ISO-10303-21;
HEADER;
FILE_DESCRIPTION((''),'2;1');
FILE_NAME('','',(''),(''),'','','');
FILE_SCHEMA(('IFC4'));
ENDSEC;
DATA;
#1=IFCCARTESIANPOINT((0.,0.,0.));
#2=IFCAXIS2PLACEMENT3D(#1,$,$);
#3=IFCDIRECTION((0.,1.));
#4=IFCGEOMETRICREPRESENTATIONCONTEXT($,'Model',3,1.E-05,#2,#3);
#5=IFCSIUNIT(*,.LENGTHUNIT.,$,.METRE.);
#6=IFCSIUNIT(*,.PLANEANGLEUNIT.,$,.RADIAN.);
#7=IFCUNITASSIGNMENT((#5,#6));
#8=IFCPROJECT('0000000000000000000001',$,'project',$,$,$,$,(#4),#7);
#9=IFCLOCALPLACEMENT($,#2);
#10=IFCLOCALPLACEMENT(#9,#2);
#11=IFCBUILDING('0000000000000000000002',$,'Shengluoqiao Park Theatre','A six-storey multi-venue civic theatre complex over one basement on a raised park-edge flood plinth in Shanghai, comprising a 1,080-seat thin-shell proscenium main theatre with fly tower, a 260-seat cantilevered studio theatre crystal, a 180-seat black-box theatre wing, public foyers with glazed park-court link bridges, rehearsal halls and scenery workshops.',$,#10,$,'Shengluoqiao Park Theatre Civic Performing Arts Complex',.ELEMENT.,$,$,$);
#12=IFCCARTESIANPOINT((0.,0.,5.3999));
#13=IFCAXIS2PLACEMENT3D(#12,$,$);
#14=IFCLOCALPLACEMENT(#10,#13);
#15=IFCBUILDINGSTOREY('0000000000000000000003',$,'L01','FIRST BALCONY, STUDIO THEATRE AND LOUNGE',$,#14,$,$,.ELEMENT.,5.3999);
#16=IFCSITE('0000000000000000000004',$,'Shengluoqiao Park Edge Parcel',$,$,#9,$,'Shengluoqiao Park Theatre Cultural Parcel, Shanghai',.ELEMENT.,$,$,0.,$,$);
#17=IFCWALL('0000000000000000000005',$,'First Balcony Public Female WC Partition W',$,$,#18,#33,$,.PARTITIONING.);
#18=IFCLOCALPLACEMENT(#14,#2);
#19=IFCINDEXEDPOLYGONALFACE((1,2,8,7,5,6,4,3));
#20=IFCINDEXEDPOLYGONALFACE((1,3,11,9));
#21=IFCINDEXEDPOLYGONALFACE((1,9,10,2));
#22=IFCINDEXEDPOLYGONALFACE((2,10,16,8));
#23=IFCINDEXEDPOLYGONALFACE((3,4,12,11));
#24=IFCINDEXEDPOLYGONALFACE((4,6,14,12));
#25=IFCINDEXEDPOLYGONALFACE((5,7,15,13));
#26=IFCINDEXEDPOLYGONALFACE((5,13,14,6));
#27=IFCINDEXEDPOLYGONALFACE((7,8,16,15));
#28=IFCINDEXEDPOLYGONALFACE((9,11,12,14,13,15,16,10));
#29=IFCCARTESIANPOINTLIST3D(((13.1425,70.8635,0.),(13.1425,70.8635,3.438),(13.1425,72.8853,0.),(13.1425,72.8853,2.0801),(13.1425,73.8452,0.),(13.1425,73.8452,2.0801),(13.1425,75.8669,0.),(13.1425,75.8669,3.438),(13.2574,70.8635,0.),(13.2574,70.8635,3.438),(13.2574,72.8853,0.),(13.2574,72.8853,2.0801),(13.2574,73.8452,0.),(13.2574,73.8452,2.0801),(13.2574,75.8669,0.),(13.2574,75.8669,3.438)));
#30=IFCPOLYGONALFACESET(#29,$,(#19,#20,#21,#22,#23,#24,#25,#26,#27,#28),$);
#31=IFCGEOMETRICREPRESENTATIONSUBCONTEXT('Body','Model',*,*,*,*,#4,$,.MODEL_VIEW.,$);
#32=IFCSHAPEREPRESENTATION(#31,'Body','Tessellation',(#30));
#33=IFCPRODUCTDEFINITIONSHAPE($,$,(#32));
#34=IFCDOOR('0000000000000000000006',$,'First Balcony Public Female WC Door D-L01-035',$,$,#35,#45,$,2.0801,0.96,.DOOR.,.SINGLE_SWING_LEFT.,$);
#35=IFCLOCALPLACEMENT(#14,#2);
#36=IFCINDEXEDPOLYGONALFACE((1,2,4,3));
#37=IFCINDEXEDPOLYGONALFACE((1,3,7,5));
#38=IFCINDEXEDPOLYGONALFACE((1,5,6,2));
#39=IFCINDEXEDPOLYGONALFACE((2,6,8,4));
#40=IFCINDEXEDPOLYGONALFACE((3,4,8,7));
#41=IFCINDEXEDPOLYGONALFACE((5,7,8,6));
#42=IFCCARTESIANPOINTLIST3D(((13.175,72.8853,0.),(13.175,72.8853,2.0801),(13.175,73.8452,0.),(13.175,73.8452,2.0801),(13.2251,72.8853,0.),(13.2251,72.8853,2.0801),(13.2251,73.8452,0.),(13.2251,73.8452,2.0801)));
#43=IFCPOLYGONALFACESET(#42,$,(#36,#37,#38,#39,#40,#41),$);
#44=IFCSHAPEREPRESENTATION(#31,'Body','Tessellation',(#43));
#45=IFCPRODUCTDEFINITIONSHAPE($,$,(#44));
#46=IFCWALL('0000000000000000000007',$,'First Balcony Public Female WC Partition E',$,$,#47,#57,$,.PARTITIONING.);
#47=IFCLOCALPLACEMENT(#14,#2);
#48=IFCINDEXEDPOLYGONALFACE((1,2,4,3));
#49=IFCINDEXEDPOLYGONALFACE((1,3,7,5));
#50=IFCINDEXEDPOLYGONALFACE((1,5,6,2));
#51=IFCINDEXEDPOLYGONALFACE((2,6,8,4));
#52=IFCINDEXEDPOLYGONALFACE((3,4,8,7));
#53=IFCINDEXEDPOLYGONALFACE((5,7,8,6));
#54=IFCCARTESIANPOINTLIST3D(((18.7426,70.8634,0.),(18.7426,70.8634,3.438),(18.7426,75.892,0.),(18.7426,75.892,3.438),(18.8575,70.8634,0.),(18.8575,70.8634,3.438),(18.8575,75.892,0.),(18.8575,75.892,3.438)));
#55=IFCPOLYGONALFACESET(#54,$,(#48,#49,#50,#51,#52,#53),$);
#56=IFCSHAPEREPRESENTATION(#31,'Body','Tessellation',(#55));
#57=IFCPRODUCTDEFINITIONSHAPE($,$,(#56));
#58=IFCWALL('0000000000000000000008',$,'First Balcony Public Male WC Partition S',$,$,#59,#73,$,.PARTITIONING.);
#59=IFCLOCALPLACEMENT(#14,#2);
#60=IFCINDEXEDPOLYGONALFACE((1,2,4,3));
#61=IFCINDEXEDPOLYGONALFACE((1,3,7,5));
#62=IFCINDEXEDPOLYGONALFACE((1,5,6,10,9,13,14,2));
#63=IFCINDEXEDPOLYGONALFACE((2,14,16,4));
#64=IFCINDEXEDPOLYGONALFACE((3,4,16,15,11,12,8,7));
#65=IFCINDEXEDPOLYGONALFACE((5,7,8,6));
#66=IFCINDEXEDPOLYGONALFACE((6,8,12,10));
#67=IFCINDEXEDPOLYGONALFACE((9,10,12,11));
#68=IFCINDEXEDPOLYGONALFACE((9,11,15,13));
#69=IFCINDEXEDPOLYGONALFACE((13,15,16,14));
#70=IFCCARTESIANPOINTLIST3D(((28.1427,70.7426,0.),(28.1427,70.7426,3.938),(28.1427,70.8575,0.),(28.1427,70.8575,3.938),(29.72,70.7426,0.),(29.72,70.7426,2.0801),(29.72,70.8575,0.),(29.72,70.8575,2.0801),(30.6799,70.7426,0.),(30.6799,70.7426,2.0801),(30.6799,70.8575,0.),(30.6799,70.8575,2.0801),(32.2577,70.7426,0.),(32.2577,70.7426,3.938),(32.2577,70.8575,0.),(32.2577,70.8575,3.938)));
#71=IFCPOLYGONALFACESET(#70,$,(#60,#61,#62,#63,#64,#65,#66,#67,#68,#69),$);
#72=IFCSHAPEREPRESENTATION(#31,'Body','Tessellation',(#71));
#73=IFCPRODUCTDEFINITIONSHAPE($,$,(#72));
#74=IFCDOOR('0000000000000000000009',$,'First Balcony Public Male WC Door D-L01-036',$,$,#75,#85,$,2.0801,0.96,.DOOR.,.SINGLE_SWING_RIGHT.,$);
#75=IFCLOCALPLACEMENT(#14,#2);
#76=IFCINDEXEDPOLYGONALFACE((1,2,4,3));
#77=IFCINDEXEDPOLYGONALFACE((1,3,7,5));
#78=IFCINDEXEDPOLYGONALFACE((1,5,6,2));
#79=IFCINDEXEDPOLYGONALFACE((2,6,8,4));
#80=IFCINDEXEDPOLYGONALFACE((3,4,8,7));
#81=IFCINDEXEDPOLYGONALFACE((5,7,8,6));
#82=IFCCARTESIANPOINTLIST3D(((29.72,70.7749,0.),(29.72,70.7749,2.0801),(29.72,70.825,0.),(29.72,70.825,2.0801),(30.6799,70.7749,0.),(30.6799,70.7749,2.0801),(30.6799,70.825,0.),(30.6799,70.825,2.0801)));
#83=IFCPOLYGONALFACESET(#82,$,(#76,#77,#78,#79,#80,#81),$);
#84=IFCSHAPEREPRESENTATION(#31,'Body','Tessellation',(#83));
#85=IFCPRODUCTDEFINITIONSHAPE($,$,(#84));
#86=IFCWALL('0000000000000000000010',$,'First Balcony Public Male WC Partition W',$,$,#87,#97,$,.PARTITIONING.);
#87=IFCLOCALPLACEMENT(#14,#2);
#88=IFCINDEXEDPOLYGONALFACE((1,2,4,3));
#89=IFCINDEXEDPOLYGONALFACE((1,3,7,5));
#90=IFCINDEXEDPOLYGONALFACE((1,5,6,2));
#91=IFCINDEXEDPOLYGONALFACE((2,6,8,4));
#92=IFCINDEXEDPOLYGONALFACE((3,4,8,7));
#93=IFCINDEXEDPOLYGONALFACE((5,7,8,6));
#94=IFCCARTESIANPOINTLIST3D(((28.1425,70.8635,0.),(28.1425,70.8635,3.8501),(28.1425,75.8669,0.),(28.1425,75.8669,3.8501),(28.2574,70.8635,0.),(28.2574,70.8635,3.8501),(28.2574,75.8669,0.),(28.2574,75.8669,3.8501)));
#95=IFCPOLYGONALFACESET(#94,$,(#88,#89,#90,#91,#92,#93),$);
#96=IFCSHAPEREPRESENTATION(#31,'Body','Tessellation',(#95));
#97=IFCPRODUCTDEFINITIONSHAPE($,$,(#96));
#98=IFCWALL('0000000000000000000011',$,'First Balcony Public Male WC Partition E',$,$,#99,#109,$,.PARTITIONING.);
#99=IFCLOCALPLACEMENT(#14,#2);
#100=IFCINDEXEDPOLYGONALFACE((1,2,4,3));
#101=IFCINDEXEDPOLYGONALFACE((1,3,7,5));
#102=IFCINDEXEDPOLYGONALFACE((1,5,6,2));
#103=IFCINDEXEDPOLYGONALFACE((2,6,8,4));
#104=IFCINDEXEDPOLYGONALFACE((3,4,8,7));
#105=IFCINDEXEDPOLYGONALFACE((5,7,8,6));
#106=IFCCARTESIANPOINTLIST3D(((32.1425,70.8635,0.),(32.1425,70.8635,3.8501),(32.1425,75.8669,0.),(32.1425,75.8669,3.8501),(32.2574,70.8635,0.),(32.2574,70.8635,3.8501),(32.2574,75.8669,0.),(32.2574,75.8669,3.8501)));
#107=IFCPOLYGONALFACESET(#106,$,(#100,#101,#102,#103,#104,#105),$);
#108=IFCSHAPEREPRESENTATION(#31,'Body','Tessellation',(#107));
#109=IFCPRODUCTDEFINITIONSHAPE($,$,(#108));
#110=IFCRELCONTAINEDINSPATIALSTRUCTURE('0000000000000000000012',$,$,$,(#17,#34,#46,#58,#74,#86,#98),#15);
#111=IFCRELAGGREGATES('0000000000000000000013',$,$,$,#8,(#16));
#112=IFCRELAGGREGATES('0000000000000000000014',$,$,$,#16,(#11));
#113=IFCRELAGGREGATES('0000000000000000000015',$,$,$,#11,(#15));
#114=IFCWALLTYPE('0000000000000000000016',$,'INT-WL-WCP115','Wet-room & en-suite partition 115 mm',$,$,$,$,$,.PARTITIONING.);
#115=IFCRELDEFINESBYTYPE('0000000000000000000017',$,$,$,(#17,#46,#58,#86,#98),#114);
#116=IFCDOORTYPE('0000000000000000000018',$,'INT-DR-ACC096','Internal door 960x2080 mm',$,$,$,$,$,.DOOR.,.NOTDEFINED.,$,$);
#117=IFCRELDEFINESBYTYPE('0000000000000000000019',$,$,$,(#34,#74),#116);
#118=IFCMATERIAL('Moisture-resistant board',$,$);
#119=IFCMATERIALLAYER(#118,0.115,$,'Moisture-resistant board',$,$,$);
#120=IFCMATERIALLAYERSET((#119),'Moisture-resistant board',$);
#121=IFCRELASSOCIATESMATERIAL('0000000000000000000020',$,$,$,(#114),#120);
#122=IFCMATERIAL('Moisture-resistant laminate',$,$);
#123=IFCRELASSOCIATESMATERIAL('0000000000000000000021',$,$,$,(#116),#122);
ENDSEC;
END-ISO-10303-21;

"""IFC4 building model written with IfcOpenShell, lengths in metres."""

from ifc_helpers import new_model, si_unit, direction, frame, frame_2d, origin, place, context, subcontext, project, spatial, rectangle, extrude, material, layer, layer_set, type_object, element, fill, save


model = new_model("IFC4")

# Units and contexts
model_context = context("Model", 3, precision=1e-05, world=origin(), true_north=direction((0.0, 1.0)))
body_context = subcontext(model_context, "Body", "Model", "MODEL_VIEW")
ifc_project = project(units=[si_unit("LENGTHUNIT", "METRE"), si_unit("PLANEANGLEUNIT", "RADIAN")], contexts=[model_context])

# Site, building, storey
site_placement = place(None, origin())
site = spatial("IfcSite", under=ifc_project, at=site_placement, Name="Shengluoqiao Park Edge Parcel", LongName="Shengluoqiao Park Theatre Cultural Parcel, Shanghai", CompositionType="ELEMENT", RefElevation=0.0)
building_placement = place(site_placement, origin())
building = spatial("IfcBuilding", under=site, at=building_placement, Name="Shengluoqiao Park Theatre", Description="A six-storey multi-venue civic theatre complex over one basement on a raised park-edge flood plinth in Shanghai, comprising a 1,080-seat thin-shell proscenium main theatre with fly tower, a 260-seat cantilevered studio theatre crystal, a 180-seat black-box theatre wing, public foyers with glazed park-court link bridges, rehearsal halls and scenery workshops.", LongName="Shengluoqiao Park Theatre Civic Performing Arts Complex", CompositionType="ELEMENT")
storey_placement = place(building_placement, frame((0.0, 0.0, 5.3999)))
storey = spatial("IfcBuildingStorey", under=building, at=storey_placement, Name="L01", Description="FIRST BALCONY, STUDIO THEATRE AND LOUNGE", CompositionType="ELEMENT", Elevation=5.3999)

# Shared definitions
ifc_material_1 = material(Name="Moisture-resistant board")
ifc_layer_1 = layer(ifc_material_1, 0.115, Name="Moisture-resistant board")
ifc_layer_set_1 = layer_set([ifc_layer_1], Name="Moisture-resistant board")
wall_type_1 = type_object("IfcWallType", Name="INT-WL-WCP115", Description="Wet-room & en-suite partition 115 mm", PredefinedType="PARTITIONING", material=ifc_layer_set_1)

# Wall, opening, door
wall_1_placement = place(storey_placement, frame((13.2, 70.8635, 0.0), z_axis=(0.0, 0.0, 1.0), x_axis=(0.0, 1.0, 0.0)))
wall_1 = element("IfcWall", 1, at=wall_1_placement, inside=storey, type_object=wall_type_1, Name="First Balcony Public Female WC Partition W", PredefinedType="PARTITIONING", context=body_context, shape_type="SweptSolid", body=[
    extrude(rectangle(XDim=5.0034, YDim=0.115, at=frame_2d((2.5017, 0.0))), origin(), (0.0, 0.0, 1.0), 3.438),
])
opening_1_placement = place(wall_1_placement, frame((2.0217, 0.0, 0.0)))
opening_1 = element("IfcOpeningElement", 2, at=opening_1_placement, cuts=wall_1, PredefinedType="OPENING", context=body_context, shape_type="SweptSolid", body=[
    extrude(rectangle(XDim=0.96, YDim=2.0801, at=frame_2d((0.48, 1.04))), frame((0.0, 0.0674, 0.0), z_axis=(0.0, -1.0, 0.0), x_axis=(1.0, 0.0, 0.0)), (0.0, 0.0, 1.0), 0.135),
])
ifc_material_2 = material(Name="Moisture-resistant laminate")
door_type_1 = type_object("IfcDoorType", Name="INT-DR-ACC096", Description="Internal door 960x2080 mm", OperationType="NOTDEFINED", PredefinedType="DOOR", material=ifc_material_2)
door_1_placement = place(opening_1_placement, origin())
door_1 = element("IfcDoor", 3, at=door_1_placement, inside=storey, type_object=door_type_1, Name="First Balcony Public Female WC Door D-L01-035", OperationType="SINGLE_SWING_LEFT", OverallHeight=2.0801, OverallWidth=0.96, PredefinedType="DOOR", context=body_context, shape_type="SweptSolid", body=[
    extrude(rectangle(XDim=0.96, YDim=2.0801, at=frame_2d((0.48, 1.04))), frame((0.0, 0.0249, 0.0), z_axis=(0.0, -1.0, 0.0), x_axis=(1.0, 0.0, 0.0)), (0.0, 0.0, 1.0), 0.05),
])
fill(opening_1, door_1)

# Wall
wall_2_placement = place(storey_placement, frame((18.8, 70.8635, 0.0), z_axis=(0.0, 0.0, 1.0), x_axis=(0.0, 1.0, 0.0)))
element("IfcWall", 4, at=wall_2_placement, inside=storey, type_object=wall_type_1, Name="First Balcony Public Female WC Partition E", PredefinedType="PARTITIONING", context=body_context, shape_type="SweptSolid", body=[
    extrude(rectangle(XDim=5.0286, YDim=0.115, at=frame_2d((2.5142, 0.0))), origin(), (0.0, 0.0, 1.0), 3.438),
])

# Wall, opening, door
wall_3_placement = place(storey_placement, frame((28.1426, 70.8, 0.0), z_axis=(0.0, 0.0, 1.0), x_axis=(1.0, 0.0, 0.0)))
wall_3 = element("IfcWall", 5, at=wall_3_placement, inside=storey, type_object=wall_type_1, Name="First Balcony Public Male WC Partition S", PredefinedType="PARTITIONING", context=body_context, shape_type="SweptSolid", body=[
    extrude(rectangle(XDim=4.115, YDim=0.115, at=frame_2d((2.0576, 0.0))), origin(), (0.0, 0.0, 1.0), 3.938),
])
opening_2_placement = place(wall_3_placement, frame((1.5774, 0.0, 0.0)))
opening_2 = element("IfcOpeningElement", 6, at=opening_2_placement, cuts=wall_3, PredefinedType="OPENING", context=body_context, shape_type="SweptSolid", body=[
    extrude(rectangle(XDim=0.96, YDim=2.0801, at=frame_2d((0.48, 1.04))), frame((0.0, 0.0674, 0.0), z_axis=(0.0, -1.0, 0.0), x_axis=(1.0, 0.0, 0.0)), (0.0, 0.0, 1.0), 0.135),
])
door_2_placement = place(opening_2_placement, origin())
door_2 = element("IfcDoor", 7, at=door_2_placement, inside=storey, type_object=door_type_1, Name="First Balcony Public Male WC Door D-L01-036", OperationType="SINGLE_SWING_RIGHT", OverallHeight=2.0801, OverallWidth=0.96, PredefinedType="DOOR", context=body_context, shape_type="SweptSolid", body=[
    extrude(rectangle(XDim=0.96, YDim=2.0801, at=frame_2d((0.48, 1.04))), frame((0.0, 0.0249, 0.0), z_axis=(0.0, -1.0, 0.0), x_axis=(1.0, 0.0, 0.0)), (0.0, 0.0, 1.0), 0.05),
])
fill(opening_2, door_2)

# Walls
for number, where, z_axis, x_axis, name in (
    (8, (28.2, 70.8635, 0.0), (0.0, 0.0, 1.0), (0.0, 1.0, 0.0), "First Balcony Public Male WC Partition W"),
    (9, (32.2, 70.8635, 0.0), (0.0, 0.0, 1.0), (0.0, 1.0, 0.0), "First Balcony Public Male WC Partition E"),
):
    element("IfcWall", number, at=place(storey_placement, frame(where, z_axis=z_axis, x_axis=x_axis)), inside=storey, type_object=wall_type_1, Name=name, PredefinedType="PARTITIONING", context=body_context, shape_type="SweptSolid", body=[
        extrude(rectangle(XDim=5.0034, YDim=0.115, at=frame_2d((2.5017, 0.0))), origin(), (0.0, 0.0, 1.0), 3.8501),
    ])

save(model, "model.ifc")
